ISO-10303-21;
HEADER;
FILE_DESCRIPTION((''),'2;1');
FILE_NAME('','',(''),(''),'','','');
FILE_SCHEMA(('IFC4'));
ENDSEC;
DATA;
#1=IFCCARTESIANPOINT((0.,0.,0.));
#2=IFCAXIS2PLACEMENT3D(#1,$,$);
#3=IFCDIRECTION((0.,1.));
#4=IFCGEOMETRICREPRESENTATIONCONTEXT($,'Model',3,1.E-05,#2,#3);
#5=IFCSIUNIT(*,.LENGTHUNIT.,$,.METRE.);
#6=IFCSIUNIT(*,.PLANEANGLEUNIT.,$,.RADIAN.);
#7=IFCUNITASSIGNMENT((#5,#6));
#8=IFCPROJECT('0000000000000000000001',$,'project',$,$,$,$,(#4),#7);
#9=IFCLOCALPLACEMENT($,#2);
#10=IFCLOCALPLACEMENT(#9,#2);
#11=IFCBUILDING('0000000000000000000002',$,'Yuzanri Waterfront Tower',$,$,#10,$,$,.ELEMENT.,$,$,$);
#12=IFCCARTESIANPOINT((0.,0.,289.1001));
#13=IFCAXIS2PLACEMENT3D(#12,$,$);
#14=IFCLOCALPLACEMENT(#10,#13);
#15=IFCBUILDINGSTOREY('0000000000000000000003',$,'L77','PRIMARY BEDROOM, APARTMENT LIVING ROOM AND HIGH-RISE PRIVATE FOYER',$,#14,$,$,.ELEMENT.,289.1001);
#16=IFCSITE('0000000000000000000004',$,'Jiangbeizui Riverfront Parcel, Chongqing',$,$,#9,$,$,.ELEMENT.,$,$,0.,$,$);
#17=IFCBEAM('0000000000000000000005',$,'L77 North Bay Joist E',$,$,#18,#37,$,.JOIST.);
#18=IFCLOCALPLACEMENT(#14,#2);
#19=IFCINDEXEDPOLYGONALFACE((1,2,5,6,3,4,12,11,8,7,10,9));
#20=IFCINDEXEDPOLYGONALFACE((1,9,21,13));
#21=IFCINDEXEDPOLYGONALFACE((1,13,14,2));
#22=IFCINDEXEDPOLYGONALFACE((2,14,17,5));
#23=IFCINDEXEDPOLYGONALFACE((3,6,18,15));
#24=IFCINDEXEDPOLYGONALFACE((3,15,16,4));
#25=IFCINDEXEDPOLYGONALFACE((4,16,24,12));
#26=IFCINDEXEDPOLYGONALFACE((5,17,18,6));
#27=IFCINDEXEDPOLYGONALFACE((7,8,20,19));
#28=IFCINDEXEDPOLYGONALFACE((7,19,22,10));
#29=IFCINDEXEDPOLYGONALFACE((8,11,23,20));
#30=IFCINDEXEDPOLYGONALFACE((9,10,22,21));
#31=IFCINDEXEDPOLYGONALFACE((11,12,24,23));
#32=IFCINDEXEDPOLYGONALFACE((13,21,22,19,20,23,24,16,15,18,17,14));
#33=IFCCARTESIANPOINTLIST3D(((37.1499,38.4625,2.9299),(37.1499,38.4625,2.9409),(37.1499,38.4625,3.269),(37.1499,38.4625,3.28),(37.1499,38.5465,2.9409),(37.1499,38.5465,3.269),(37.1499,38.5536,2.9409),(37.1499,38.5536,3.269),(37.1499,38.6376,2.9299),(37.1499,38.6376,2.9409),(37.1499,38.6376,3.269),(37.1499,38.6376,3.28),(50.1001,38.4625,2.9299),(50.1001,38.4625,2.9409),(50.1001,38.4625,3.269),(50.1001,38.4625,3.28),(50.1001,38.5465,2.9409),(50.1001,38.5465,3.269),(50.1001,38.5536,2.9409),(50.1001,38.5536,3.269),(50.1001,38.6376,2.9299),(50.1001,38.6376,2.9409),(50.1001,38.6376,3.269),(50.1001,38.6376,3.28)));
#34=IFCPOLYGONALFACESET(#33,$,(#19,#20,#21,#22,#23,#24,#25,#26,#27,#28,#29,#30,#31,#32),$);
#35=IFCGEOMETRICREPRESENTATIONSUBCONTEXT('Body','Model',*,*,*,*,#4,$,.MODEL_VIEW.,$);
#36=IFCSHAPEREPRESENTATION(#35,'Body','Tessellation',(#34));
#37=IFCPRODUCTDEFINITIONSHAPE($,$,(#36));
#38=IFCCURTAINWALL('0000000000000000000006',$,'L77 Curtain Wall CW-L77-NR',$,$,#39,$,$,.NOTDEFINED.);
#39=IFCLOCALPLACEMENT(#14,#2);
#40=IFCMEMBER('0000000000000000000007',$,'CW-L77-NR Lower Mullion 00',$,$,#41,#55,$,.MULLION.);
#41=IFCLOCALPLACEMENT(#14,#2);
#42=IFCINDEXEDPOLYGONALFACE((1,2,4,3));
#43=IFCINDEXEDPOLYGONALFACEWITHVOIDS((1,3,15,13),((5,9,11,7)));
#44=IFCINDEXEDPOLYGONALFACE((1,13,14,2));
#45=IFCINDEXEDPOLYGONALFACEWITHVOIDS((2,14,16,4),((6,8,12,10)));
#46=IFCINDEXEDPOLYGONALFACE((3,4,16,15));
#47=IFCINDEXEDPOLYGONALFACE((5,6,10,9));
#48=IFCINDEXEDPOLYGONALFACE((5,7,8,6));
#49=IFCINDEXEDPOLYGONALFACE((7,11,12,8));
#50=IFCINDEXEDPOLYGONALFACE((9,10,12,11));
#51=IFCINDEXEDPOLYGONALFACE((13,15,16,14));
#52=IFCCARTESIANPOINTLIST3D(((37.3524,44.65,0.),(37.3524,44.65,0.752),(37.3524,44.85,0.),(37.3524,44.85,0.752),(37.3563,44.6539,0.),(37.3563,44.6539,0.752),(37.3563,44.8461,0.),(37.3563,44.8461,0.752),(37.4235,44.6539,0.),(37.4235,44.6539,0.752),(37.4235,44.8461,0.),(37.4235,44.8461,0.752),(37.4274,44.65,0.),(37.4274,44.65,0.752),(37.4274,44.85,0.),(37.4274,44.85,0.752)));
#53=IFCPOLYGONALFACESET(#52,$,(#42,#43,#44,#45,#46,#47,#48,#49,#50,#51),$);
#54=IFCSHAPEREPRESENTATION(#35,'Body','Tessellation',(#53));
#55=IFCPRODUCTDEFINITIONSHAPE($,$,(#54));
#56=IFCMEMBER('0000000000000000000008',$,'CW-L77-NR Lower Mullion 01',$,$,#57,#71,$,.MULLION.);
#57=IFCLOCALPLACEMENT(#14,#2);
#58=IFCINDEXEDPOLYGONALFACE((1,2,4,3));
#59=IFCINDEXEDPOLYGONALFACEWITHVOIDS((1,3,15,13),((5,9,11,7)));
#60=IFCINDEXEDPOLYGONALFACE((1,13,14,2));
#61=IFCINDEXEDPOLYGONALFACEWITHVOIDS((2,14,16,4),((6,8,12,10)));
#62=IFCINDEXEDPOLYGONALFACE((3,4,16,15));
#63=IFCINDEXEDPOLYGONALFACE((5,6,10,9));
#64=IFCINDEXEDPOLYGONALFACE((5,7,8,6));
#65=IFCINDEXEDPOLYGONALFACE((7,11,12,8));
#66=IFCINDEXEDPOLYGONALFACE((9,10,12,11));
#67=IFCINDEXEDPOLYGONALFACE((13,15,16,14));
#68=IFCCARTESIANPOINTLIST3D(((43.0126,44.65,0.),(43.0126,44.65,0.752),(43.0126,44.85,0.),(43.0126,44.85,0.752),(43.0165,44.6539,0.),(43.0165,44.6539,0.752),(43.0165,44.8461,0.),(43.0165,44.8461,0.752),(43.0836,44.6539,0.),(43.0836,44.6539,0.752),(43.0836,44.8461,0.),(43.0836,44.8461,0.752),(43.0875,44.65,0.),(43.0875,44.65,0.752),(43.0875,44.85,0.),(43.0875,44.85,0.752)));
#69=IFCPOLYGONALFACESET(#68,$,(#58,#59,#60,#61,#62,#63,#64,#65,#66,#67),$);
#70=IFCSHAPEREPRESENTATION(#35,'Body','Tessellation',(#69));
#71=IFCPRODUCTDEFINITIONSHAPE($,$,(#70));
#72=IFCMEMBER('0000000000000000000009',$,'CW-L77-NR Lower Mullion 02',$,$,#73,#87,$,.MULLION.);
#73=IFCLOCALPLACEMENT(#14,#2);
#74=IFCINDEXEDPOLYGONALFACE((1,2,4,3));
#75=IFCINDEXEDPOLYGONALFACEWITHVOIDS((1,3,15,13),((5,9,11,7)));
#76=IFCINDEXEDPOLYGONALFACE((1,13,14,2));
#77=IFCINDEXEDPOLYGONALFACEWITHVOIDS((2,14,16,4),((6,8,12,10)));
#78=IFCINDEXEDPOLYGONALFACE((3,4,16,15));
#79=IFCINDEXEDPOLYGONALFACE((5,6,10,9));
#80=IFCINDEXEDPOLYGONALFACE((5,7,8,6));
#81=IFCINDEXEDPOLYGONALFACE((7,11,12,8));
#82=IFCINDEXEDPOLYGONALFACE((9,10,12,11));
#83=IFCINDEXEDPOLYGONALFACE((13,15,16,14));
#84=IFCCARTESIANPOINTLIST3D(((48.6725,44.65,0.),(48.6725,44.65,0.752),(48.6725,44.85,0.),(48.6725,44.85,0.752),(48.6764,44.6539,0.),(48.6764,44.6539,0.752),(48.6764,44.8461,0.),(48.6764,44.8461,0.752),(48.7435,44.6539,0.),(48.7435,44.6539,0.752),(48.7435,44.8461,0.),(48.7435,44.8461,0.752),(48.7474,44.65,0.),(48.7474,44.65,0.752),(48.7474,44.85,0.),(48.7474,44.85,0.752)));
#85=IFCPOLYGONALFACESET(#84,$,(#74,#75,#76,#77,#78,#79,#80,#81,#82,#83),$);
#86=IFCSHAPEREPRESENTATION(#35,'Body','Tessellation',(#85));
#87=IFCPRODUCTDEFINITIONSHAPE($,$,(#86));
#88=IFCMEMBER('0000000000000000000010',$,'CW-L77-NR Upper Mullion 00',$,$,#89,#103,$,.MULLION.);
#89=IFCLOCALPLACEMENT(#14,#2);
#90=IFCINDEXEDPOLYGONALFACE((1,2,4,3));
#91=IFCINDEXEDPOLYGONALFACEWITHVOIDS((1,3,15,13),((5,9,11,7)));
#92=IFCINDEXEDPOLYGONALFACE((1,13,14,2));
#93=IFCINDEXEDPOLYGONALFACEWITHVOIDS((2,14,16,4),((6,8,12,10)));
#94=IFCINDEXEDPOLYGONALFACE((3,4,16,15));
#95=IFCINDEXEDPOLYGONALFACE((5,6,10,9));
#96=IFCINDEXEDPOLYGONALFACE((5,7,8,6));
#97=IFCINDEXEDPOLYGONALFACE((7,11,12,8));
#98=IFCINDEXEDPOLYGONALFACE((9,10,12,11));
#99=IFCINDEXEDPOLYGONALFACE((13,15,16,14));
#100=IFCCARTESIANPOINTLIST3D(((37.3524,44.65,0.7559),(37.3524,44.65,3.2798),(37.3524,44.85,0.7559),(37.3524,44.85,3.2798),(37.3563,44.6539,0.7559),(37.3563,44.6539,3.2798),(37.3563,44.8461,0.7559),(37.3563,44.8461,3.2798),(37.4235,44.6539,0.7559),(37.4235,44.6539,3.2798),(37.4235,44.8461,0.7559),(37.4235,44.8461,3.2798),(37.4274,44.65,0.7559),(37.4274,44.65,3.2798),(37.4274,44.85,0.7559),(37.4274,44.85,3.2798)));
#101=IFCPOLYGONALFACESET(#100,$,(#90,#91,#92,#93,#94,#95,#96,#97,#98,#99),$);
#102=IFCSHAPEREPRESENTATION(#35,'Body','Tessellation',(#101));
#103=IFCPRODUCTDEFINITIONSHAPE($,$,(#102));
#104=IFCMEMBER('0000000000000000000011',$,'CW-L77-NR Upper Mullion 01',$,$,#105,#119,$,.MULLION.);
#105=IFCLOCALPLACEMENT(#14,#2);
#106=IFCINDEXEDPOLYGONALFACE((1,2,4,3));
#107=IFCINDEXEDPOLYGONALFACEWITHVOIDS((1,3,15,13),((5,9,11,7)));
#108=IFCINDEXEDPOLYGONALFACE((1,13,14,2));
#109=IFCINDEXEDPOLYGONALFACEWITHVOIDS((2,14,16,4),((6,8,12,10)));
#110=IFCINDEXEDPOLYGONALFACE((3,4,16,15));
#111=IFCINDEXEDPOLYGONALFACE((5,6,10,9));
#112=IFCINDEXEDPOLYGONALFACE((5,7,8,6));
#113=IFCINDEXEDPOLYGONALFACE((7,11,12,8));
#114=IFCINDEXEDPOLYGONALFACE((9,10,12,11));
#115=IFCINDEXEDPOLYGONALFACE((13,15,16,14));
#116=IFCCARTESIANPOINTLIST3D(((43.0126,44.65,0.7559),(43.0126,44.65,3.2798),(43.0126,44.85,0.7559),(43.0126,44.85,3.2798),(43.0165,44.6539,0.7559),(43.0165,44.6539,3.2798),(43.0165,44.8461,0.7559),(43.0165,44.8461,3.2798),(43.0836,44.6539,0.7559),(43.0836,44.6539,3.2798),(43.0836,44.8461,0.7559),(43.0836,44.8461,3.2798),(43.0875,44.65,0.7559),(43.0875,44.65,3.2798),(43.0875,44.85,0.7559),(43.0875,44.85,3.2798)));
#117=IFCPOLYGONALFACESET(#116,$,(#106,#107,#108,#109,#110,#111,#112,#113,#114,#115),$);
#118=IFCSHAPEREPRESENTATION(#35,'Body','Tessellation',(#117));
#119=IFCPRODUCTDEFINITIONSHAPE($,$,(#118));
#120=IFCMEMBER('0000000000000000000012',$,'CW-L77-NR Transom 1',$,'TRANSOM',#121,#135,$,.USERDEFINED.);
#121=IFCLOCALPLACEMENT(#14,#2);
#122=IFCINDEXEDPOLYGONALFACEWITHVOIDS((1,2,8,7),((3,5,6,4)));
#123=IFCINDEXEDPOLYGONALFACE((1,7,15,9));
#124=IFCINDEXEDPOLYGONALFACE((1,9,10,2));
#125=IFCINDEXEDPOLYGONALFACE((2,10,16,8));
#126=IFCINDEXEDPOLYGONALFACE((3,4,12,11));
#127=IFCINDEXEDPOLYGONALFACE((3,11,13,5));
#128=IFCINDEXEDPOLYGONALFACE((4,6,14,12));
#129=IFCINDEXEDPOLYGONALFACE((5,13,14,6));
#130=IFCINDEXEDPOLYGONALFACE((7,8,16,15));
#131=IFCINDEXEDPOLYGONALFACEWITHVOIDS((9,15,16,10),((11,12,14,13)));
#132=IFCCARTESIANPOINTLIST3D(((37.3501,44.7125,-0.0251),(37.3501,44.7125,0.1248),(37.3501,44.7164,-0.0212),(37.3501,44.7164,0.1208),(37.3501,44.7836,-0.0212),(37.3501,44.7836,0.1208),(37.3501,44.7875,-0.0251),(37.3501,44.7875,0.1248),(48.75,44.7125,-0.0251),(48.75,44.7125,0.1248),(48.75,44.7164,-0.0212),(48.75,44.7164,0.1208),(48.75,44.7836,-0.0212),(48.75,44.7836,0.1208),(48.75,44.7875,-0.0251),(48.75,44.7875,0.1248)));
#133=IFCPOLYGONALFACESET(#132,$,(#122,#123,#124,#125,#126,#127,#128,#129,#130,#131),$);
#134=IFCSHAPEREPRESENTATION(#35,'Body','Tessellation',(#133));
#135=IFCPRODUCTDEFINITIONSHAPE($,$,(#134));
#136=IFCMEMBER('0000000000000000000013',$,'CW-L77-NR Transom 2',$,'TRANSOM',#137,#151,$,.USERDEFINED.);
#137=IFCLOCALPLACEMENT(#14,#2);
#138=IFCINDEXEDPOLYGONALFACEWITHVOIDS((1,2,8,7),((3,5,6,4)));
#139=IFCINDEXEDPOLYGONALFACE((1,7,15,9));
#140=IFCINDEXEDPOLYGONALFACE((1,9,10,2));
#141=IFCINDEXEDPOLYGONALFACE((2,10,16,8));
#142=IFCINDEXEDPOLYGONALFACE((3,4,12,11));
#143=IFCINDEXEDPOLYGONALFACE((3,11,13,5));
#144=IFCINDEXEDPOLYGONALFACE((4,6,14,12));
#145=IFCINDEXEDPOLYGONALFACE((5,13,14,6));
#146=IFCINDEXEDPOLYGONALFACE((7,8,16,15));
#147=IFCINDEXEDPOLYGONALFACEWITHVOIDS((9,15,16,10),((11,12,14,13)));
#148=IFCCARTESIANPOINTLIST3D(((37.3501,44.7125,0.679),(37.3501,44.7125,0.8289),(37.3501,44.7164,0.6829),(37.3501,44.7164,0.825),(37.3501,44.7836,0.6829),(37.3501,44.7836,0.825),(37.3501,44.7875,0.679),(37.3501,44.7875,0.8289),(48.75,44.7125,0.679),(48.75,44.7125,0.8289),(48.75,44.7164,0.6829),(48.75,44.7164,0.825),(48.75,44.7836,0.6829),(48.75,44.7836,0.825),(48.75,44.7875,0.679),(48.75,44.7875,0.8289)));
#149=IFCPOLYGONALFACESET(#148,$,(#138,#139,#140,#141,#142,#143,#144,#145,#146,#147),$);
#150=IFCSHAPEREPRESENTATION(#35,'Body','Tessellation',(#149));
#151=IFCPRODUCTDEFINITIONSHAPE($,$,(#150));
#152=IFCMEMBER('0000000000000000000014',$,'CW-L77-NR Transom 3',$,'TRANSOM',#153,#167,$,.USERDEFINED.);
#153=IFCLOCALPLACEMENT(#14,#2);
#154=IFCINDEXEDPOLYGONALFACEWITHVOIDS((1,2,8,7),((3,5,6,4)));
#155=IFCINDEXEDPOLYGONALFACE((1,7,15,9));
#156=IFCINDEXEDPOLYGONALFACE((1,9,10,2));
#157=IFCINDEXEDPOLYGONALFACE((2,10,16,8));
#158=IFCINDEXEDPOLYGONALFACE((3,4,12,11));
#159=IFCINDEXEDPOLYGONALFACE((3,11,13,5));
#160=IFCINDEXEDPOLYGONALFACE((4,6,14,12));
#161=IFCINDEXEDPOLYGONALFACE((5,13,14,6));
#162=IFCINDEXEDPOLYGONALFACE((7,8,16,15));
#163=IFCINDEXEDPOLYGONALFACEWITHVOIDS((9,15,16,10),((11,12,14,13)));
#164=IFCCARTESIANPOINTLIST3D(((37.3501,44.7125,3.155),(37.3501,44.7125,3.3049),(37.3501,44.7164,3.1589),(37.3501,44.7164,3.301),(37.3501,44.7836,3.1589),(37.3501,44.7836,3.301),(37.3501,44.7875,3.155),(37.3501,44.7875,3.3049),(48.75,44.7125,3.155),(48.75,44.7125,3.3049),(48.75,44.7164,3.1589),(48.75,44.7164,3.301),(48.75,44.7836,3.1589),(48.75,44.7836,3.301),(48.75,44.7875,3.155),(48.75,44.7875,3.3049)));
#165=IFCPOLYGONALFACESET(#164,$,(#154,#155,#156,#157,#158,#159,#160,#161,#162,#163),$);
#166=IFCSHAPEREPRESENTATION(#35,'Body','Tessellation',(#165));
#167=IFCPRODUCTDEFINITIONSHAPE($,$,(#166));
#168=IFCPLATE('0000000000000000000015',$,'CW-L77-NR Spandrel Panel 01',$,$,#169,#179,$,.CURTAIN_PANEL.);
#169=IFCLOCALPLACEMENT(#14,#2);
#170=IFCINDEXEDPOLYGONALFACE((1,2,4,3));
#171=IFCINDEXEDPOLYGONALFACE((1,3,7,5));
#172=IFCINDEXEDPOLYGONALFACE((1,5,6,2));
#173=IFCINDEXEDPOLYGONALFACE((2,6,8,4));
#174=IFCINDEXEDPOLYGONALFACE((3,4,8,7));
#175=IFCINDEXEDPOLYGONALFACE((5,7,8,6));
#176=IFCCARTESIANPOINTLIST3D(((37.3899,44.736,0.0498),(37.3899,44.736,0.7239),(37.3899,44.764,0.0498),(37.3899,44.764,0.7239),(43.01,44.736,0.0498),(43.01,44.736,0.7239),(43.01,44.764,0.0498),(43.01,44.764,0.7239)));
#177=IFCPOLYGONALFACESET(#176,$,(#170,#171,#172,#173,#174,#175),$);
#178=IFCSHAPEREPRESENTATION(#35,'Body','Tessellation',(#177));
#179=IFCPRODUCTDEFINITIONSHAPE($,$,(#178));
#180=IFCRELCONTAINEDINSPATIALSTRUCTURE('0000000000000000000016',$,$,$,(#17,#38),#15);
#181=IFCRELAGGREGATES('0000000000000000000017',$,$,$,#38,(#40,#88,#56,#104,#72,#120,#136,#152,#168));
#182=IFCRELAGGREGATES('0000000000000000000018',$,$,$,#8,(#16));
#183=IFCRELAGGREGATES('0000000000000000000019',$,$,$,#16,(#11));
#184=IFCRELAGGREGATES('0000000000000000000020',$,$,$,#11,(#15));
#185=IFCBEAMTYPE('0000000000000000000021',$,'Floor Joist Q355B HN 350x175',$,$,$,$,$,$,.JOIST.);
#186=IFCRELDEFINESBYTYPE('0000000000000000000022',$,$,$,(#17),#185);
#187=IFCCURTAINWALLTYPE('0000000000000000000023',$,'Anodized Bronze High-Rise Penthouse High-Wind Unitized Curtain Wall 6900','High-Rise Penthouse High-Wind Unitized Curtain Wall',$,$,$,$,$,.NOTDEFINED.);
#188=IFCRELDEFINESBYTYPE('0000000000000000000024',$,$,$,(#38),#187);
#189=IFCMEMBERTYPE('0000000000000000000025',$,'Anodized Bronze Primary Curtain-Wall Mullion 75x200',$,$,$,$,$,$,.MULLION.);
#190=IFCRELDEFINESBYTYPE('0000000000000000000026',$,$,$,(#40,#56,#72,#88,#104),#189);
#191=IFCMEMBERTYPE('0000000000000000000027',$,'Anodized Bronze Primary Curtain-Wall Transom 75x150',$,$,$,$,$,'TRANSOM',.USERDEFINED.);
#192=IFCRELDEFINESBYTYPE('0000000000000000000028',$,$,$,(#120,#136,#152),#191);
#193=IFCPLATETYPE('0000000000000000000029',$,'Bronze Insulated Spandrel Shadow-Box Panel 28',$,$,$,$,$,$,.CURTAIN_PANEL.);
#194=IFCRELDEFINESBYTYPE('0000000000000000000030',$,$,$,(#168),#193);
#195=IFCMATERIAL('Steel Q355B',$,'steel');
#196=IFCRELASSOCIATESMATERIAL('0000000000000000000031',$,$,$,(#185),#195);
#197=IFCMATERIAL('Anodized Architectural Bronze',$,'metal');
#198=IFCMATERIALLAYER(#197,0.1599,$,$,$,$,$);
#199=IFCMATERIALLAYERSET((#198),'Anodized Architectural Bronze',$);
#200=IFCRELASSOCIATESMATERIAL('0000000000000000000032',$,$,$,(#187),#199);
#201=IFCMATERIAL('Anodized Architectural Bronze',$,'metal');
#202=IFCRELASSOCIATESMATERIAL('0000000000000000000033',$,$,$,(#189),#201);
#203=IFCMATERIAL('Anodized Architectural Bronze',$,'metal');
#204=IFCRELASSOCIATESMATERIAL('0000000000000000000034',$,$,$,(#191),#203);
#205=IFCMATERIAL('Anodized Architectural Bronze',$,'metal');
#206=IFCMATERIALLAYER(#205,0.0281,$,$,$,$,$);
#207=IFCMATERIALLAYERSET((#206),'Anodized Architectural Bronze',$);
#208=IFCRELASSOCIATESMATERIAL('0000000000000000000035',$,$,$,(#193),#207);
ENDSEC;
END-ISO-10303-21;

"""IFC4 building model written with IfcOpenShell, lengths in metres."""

from ifc_helpers import new_model, si_unit, direction, frame, origin, origin_2d, place, context, subcontext, project, spatial, rectangle, hollow_rectangle, i_section, extrude, source, transform, mapped, material, layer, layer_set, material_profile, profile_set, type_object, element, aggregate, save


model = new_model("IFC4")

# Units and contexts
model_context = context("Model", 3, precision=1e-05, world=origin(), true_north=direction((0.0, 1.0)))
body_context = subcontext(model_context, "Body", "Model", "MODEL_VIEW")
ifc_project = project(units=[si_unit("LENGTHUNIT", "METRE"), si_unit("PLANEANGLEUNIT", "RADIAN")], contexts=[model_context])

# Site, building, storey
site_placement = place(None, origin())
site = spatial("IfcSite", under=ifc_project, at=site_placement, Name="Jiangbeizui Riverfront Parcel, Chongqing", CompositionType="ELEMENT", RefElevation=0.0)
building_placement = place(site_placement, origin())
building = spatial("IfcBuilding", under=site, at=building_placement, Name="Yuzanri Waterfront Tower", CompositionType="ELEMENT")
storey_placement = place(building_placement, frame((0.0, 0.0, 289.1001)))
storey = spatial("IfcBuildingStorey", under=building, at=storey_placement, Name="L77", Description="PRIMARY BEDROOM, APARTMENT LIVING ROOM AND HIGH-RISE PRIVATE FOYER", CompositionType="ELEMENT", Elevation=289.1001)

# Beam
ifc_material_1 = material(Name="Steel Q355B", Category="steel")
ifc_material_profile_1 = material_profile(ifc_material_1, i_section(OverallWidth=0.175, OverallDepth=0.3501, WebThickness=0.0071, FlangeThickness=0.011, at=origin_2d()), Name="HN 350x175x7x11")
ifc_profile_set_1 = profile_set([ifc_material_profile_1], Name="Steel Q355B")
beam_type = type_object("IfcBeamType", Name="Floor Joist Q355B HN 350x175", PredefinedType="JOIST", material=ifc_profile_set_1)
shared_shape_1 = source(origin(), body_context, "Body", "SweptSolid", [
    extrude(i_section(OverallWidth=0.175, OverallDepth=0.3501, WebThickness=0.0071, FlangeThickness=0.011, at=origin_2d()), origin(), (0.0, 0.0, 1.0), 12.9502),
])
beam_placement = place(storey_placement, frame((37.1499, 38.55, 3.105), z_axis=(1.0, 0.0, 0.0), x_axis=(0.0, 1.0, 0.0)))
element("IfcBeam", 1, at=beam_placement, inside=storey, type_object=beam_type, Name="L77 North Bay Joist E", PredefinedType="JOIST", context=body_context, shape_type="MappedRepresentation", body=[
    mapped(shared_shape_1, transform((0.0, 0.0, 0.0), scale=1.0)),
])

# Curtain wall, members, plate
ifc_material_2 = material(Name="Anodized Architectural Bronze", Category="metal")
ifc_layer_1 = layer(ifc_material_2, 0.1599)
ifc_layer_set_1 = layer_set([ifc_layer_1], Name="Anodized Architectural Bronze")
curtain_wall_type = type_object("IfcCurtainWallType", Name="Anodized Bronze High-Rise Penthouse High-Wind Unitized Curtain Wall 6900", Description="High-Rise Penthouse High-Wind Unitized Curtain Wall", PredefinedType="NOTDEFINED", material=ifc_layer_set_1)
curtain_wall_placement = place(storey_placement, origin())
curtain_wall = element("IfcCurtainWall", 2, at=curtain_wall_placement, inside=storey, type_object=curtain_wall_type, Name="L77 Curtain Wall CW-L77-NR", PredefinedType="NOTDEFINED")
ifc_material_3 = material(Name="Anodized Architectural Bronze", Category="metal")
ifc_material_profile_2 = material_profile(ifc_material_3, hollow_rectangle(XDim=0.075, YDim=0.2, WallThickness=0.0039, at=origin_2d()), Name="CWM 75x200")
ifc_profile_set_2 = profile_set([ifc_material_profile_2], Name="Anodized Architectural Bronze")
member_type_1 = type_object("IfcMemberType", Name="Anodized Bronze Primary Curtain-Wall Mullion 75x200", PredefinedType="MULLION", material=ifc_profile_set_2)
shared_shape_2 = source(origin(), body_context, "Body", "SweptSolid", [
    extrude(hollow_rectangle(XDim=0.075, YDim=0.2, WallThickness=0.0039, at=origin_2d()), origin(), (0.0, 0.0, 1.0), 0.752),
])
member_1_placement = place(storey_placement, frame((37.3899, 44.75, 0.0), z_axis=(0.0, 0.0, 1.0), x_axis=(1.0, 0.0, 0.0)))
member_1 = element("IfcMember", 3, at=member_1_placement, type_object=member_type_1, Name="CW-L77-NR Lower Mullion 00", PredefinedType="MULLION", context=body_context, shape_type="MappedRepresentation", body=[
    mapped(shared_shape_2, transform((0.0, 0.0, 0.0), scale=1.0)),
])
member_2_placement = place(storey_placement, frame((43.05, 44.75, 0.0), z_axis=(0.0, 0.0, 1.0), x_axis=(1.0, 0.0, 0.0)))
member_2 = element("IfcMember", 4, at=member_2_placement, type_object=member_type_1, Name="CW-L77-NR Lower Mullion 01", PredefinedType="MULLION", context=body_context, shape_type="MappedRepresentation", body=[
    mapped(shared_shape_2, transform((0.0, 0.0, 0.0), scale=1.0)),
])
member_3_placement = place(storey_placement, frame((48.71, 44.75, 0.0), z_axis=(0.0, 0.0, 1.0), x_axis=(1.0, 0.0, 0.0)))
member_3 = element("IfcMember", 5, at=member_3_placement, type_object=member_type_1, Name="CW-L77-NR Lower Mullion 02", PredefinedType="MULLION", context=body_context, shape_type="MappedRepresentation", body=[
    mapped(shared_shape_2, transform((0.0, 0.0, 0.0), scale=1.0)),
])
shared_shape_3 = source(origin(), body_context, "Body", "SweptSolid", [
    extrude(hollow_rectangle(XDim=0.075, YDim=0.2, WallThickness=0.0039, at=origin_2d()), origin(), (0.0, 0.0, 1.0), 2.5239),
])
member_4_placement = place(storey_placement, frame((37.3899, 44.75, 0.7559), z_axis=(0.0, 0.0, 1.0), x_axis=(1.0, 0.0, 0.0)))
member_4 = element("IfcMember", 6, at=member_4_placement, type_object=member_type_1, Name="CW-L77-NR Upper Mullion 00", PredefinedType="MULLION", context=body_context, shape_type="MappedRepresentation", body=[
    mapped(shared_shape_3, transform((0.0, 0.0, 0.0), scale=1.0)),
])
member_5_placement = place(storey_placement, frame((43.05, 44.75, 0.7559), z_axis=(0.0, 0.0, 1.0), x_axis=(1.0, 0.0, 0.0)))
member_5 = element("IfcMember", 7, at=member_5_placement, type_object=member_type_1, Name="CW-L77-NR Upper Mullion 01", PredefinedType="MULLION", context=body_context, shape_type="MappedRepresentation", body=[
    mapped(shared_shape_3, transform((0.0, 0.0, 0.0), scale=1.0)),
])
ifc_material_4 = material(Name="Anodized Architectural Bronze", Category="metal")
ifc_material_profile_3 = material_profile(ifc_material_4, hollow_rectangle(XDim=0.075, YDim=0.1499, WallThickness=0.0039, at=origin_2d()), Name="CWT 75x150")
ifc_profile_set_3 = profile_set([ifc_material_profile_3], Name="Anodized Architectural Bronze")
member_type_2 = type_object("IfcMemberType", Name="Anodized Bronze Primary Curtain-Wall Transom 75x150", ElementType="TRANSOM", PredefinedType="USERDEFINED", material=ifc_profile_set_3)
shared_shape_4 = source(origin(), body_context, "Body", "SweptSolid", [
    extrude(hollow_rectangle(XDim=0.075, YDim=0.1499, WallThickness=0.0039, at=origin_2d()), origin(), (0.0, 0.0, 1.0), 11.3999),
])
member_6_placement = place(storey_placement, frame((37.3501, 44.75, 0.0498), z_axis=(1.0, 0.0, 0.0), x_axis=(0.0, 1.0, 0.0)))
member_6 = element("IfcMember", 8, at=member_6_placement, type_object=member_type_2, Name="CW-L77-NR Transom 1", ObjectType="TRANSOM", PredefinedType="USERDEFINED", context=body_context, shape_type="MappedRepresentation", body=[
    mapped(shared_shape_4, transform((0.0, 0.0, 0.0), scale=1.0)),
])
member_7_placement = place(storey_placement, frame((37.3501, 44.75, 0.7539), z_axis=(1.0, 0.0, 0.0), x_axis=(0.0, 1.0, 0.0)))
member_7 = element("IfcMember", 9, at=member_7_placement, type_object=member_type_2, Name="CW-L77-NR Transom 2", ObjectType="TRANSOM", PredefinedType="USERDEFINED", context=body_context, shape_type="MappedRepresentation", body=[
    mapped(shared_shape_4, transform((0.0, 0.0, 0.0), scale=1.0)),
])
member_8_placement = place(storey_placement, frame((37.3501, 44.75, 3.23), z_axis=(1.0, 0.0, 0.0), x_axis=(0.0, 1.0, 0.0)))
member_8 = element("IfcMember", 10, at=member_8_placement, type_object=member_type_2, Name="CW-L77-NR Transom 3", ObjectType="TRANSOM", PredefinedType="USERDEFINED", context=body_context, shape_type="MappedRepresentation", body=[
    mapped(shared_shape_4, transform((0.0, 0.0, 0.0), scale=1.0)),
])
ifc_material_5 = material(Name="Anodized Architectural Bronze", Category="metal")
ifc_layer_2 = layer(ifc_material_5, 0.0281)
ifc_layer_set_2 = layer_set([ifc_layer_2], Name="Anodized Architectural Bronze")
plate_type_1 = type_object("IfcPlateType", Name="Bronze Insulated Spandrel Shadow-Box Panel 28", PredefinedType="CURTAIN_PANEL", material=ifc_layer_set_2)
shared_shape_5 = source(origin(), body_context, "Body", "SweptSolid", [
    extrude(rectangle(XDim=5.6201, YDim=0.0281, at=origin_2d()), origin(), (0.0, 0.0, 1.0), 0.6741),
])
plate_1_placement = place(storey_placement, frame((40.2, 44.75, 0.0498), z_axis=(0.0, 0.0, 1.0), x_axis=(1.0, 0.0, 0.0)))
plate_1 = element("IfcPlate", 11, at=plate_1_placement, type_object=plate_type_1, Name="CW-L77-NR Spandrel Panel 01", PredefinedType="CURTAIN_PANEL", context=body_context, shape_type="MappedRepresentation", body=[
    mapped(shared_shape_5, transform((0.0, 0.0, 0.0), scale=1.0)),
])
aggregate(curtain_wall, [member_1, member_4, member_2, member_5, member_3, member_6, member_7, member_8, plate_1])

save(model, "model.ifc")
